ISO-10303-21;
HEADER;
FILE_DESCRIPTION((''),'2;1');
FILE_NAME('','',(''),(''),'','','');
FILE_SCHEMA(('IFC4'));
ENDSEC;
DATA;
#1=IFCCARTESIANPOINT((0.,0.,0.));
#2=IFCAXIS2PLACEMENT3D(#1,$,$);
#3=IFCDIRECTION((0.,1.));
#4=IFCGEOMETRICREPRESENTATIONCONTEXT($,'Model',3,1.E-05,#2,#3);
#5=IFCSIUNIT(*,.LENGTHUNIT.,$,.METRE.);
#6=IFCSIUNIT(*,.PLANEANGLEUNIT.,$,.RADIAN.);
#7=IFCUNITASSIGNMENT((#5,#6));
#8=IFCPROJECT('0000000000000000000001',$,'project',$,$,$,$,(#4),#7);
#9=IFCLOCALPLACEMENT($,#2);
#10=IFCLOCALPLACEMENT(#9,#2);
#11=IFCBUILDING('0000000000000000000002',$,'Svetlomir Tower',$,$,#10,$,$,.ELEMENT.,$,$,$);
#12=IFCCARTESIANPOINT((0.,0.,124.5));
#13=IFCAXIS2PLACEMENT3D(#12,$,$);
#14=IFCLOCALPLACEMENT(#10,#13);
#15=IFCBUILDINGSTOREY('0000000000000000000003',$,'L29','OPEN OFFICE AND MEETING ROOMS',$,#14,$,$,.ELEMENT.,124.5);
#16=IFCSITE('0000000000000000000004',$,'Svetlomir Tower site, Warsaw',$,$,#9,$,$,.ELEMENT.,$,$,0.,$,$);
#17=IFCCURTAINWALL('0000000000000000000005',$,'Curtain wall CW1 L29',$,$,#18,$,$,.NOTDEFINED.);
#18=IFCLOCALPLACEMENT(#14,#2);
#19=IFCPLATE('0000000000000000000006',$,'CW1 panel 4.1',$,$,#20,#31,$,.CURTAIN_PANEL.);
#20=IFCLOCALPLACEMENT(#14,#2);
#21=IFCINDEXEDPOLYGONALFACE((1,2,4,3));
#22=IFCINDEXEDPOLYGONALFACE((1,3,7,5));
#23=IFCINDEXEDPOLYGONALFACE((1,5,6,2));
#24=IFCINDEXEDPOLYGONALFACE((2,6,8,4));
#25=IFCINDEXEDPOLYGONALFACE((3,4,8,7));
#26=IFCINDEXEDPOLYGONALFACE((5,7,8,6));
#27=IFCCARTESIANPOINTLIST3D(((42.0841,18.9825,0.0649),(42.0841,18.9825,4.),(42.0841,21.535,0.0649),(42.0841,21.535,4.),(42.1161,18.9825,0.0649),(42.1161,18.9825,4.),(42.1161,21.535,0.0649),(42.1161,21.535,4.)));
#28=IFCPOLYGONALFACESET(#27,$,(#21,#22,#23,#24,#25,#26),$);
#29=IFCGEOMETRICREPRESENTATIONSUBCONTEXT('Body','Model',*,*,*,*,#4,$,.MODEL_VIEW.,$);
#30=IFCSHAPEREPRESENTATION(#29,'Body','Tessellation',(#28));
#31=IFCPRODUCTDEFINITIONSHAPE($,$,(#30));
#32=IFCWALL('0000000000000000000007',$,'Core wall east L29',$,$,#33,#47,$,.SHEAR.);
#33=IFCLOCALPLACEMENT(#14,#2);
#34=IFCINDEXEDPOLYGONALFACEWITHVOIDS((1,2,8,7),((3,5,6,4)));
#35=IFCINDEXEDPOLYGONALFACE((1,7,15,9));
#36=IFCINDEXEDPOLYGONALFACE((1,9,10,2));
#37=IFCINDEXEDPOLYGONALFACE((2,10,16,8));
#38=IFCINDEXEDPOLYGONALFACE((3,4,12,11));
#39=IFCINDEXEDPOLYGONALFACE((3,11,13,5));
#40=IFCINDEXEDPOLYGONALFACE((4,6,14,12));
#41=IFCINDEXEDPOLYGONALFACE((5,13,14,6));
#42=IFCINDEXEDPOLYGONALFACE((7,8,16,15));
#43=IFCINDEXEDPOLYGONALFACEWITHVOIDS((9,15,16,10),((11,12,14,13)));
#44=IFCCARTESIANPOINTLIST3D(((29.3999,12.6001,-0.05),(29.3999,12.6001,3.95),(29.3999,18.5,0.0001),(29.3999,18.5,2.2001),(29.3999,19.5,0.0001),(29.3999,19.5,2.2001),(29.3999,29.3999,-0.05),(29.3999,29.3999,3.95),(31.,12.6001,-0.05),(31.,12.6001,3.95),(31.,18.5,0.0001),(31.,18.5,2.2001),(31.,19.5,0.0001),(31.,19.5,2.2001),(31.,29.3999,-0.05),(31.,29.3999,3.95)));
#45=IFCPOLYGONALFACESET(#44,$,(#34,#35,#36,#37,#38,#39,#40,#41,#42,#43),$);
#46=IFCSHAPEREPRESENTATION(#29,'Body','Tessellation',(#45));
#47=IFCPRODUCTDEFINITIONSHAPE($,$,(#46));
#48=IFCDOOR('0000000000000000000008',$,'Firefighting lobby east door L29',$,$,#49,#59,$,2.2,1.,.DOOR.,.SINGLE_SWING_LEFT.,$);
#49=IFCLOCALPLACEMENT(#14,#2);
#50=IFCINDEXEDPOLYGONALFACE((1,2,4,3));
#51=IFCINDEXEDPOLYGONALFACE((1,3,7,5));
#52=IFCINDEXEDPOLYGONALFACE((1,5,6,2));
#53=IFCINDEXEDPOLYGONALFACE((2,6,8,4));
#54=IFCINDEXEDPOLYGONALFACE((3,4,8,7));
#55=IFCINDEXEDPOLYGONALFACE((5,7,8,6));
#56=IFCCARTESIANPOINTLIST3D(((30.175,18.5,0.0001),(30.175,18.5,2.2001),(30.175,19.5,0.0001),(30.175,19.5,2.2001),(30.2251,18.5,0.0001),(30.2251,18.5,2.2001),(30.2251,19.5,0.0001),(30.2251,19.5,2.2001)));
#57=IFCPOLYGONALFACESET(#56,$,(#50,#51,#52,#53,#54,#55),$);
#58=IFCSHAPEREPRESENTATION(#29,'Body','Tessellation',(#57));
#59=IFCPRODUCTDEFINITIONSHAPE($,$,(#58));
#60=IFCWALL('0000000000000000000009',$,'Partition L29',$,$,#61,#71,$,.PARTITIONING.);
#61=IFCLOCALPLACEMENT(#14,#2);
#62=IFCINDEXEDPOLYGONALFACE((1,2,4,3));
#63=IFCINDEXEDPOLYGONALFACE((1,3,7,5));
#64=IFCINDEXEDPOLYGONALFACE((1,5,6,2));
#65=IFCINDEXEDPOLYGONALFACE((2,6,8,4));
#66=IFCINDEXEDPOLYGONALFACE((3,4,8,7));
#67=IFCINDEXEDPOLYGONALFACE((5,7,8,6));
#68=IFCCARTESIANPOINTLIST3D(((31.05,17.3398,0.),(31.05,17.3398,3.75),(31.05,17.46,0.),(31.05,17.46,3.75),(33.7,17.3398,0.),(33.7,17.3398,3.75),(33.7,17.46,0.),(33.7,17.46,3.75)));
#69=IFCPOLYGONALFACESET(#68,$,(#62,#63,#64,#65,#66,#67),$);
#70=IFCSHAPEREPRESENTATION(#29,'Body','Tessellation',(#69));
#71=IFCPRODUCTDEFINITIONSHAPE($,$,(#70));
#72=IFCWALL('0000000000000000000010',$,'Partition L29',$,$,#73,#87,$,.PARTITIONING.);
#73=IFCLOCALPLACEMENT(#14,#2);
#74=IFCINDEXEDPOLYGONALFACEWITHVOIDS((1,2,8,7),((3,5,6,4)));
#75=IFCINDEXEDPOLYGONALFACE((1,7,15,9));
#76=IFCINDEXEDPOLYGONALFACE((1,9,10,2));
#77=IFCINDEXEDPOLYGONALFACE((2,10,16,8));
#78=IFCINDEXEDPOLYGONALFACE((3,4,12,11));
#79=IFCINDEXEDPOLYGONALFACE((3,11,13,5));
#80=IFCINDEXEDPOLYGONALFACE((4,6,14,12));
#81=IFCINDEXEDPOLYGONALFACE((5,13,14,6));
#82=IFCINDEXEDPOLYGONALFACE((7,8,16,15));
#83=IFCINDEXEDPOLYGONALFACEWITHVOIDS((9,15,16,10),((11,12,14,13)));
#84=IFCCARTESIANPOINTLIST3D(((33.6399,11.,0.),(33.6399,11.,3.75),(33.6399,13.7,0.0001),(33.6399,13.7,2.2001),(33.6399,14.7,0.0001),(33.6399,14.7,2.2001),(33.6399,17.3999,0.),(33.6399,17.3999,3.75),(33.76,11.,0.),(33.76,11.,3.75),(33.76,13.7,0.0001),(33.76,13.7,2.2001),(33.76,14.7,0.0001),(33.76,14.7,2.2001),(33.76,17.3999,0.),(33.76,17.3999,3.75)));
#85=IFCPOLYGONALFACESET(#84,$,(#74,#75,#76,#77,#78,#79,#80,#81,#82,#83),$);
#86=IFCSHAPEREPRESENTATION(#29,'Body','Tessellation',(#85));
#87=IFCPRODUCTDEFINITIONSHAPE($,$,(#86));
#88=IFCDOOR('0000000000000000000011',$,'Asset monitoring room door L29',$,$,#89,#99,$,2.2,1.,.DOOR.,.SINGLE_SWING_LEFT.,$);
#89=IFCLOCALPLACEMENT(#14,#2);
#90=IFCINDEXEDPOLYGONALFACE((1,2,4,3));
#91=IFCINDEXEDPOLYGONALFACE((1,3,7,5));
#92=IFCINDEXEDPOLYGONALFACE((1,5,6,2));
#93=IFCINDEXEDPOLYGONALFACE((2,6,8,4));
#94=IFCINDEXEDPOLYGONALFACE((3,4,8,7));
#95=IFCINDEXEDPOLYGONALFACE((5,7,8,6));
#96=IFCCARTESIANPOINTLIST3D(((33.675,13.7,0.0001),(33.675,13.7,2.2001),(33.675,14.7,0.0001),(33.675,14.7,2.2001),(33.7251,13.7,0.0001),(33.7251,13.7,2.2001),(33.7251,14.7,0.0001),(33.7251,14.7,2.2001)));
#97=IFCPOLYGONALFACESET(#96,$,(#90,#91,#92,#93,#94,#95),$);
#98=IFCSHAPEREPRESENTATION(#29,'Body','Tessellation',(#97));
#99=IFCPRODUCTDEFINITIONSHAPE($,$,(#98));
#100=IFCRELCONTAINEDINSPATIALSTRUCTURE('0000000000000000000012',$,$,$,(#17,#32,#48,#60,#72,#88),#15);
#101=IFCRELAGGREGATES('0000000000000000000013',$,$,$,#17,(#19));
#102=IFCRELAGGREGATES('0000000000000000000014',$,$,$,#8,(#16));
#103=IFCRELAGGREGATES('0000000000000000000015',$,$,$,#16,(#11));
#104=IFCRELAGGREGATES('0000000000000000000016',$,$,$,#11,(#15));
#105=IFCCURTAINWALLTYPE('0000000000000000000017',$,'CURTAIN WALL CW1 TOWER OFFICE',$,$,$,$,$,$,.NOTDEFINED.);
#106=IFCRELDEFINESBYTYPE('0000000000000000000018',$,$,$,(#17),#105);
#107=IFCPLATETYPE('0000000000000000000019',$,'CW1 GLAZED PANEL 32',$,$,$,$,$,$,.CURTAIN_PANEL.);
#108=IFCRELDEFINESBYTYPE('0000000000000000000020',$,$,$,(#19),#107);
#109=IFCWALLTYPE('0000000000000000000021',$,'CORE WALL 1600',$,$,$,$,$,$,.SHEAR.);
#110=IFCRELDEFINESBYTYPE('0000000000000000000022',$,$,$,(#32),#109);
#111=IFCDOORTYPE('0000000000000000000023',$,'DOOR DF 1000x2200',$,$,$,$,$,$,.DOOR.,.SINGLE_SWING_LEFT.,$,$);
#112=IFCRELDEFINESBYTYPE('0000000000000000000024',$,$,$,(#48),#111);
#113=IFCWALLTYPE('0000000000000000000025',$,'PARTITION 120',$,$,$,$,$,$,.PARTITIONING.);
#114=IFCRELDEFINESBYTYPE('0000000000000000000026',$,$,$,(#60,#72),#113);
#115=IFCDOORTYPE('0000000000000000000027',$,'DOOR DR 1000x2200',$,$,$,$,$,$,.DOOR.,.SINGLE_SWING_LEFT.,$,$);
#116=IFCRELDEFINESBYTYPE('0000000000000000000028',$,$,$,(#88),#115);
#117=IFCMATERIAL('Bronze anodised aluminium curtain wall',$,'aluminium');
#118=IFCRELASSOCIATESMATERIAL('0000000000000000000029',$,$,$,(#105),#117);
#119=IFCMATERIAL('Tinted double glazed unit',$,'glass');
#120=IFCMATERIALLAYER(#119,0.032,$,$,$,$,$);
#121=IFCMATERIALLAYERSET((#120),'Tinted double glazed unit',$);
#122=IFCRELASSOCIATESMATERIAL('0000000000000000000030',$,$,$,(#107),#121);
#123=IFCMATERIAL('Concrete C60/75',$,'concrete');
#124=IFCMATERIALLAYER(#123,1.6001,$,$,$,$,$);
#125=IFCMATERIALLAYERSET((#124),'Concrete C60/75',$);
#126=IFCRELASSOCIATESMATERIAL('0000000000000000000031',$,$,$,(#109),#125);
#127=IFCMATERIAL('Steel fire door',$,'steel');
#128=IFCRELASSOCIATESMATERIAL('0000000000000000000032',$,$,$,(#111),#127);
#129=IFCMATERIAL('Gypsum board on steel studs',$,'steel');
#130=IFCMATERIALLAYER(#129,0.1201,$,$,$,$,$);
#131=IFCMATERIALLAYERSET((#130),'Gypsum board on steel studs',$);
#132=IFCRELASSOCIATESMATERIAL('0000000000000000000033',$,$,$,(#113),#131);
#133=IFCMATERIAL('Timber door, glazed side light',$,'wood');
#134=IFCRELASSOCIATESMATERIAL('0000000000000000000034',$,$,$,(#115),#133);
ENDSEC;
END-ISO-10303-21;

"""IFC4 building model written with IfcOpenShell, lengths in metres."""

from ifc_helpers import new_model, si_unit, direction, frame, frame_2d, origin, origin_2d, place, context, subcontext, project, spatial, rectangle, extrude, material, layer, layer_set, type_object, element, fill, aggregate, save


model = new_model("IFC4")

# Units and contexts
model_context = context("Model", 3, precision=1e-05, world=origin(), true_north=direction((0.0, 1.0)))
body_context = subcontext(model_context, "Body", "Model", "MODEL_VIEW")
ifc_project = project(units=[si_unit("LENGTHUNIT", "METRE"), si_unit("PLANEANGLEUNIT", "RADIAN")], contexts=[model_context])

# Site, building, storey
site_placement = place(None, origin())
site = spatial("IfcSite", under=ifc_project, at=site_placement, Name="Svetlomir Tower site, Warsaw", CompositionType="ELEMENT", RefElevation=0.0)
building_placement = place(site_placement, origin())
building = spatial("IfcBuilding", under=site, at=building_placement, Name="Svetlomir Tower", CompositionType="ELEMENT")
storey_placement = place(building_placement, frame((0.0, 0.0, 124.5)))
storey = spatial("IfcBuildingStorey", under=building, at=storey_placement, Name="L29", Description="OPEN OFFICE AND MEETING ROOMS", CompositionType="ELEMENT", Elevation=124.5)

# Curtain wall
ifc_material_1 = material(Name="Bronze anodised aluminium curtain wall", Category="aluminium")
curtain_wall_type = type_object("IfcCurtainWallType", Name="CURTAIN WALL CW1 TOWER OFFICE", PredefinedType="NOTDEFINED", material=ifc_material_1)
curtain_wall_1_placement = place(storey_placement, origin())
curtain_wall_1 = element("IfcCurtainWall", 1, at=curtain_wall_1_placement, inside=storey, type_object=curtain_wall_type, Name="Curtain wall CW1 L29", PredefinedType="NOTDEFINED")

# Plate
ifc_material_2 = material(Name="Tinted double glazed unit", Category="glass")
ifc_layer_1 = layer(ifc_material_2, 0.032)
ifc_layer_set_1 = layer_set([ifc_layer_1], Name="Tinted double glazed unit")
plate_type = type_object("IfcPlateType", Name="CW1 GLAZED PANEL 32", PredefinedType="CURTAIN_PANEL", material=ifc_layer_set_1)
plate_1_placement = place(storey_placement, frame((42.1001, 20.2588, 0.0649), z_axis=(0.0, 0.0, 1.0), x_axis=(0.0, 1.0, 0.0)))
plate_1 = element("IfcPlate", 2, at=plate_1_placement, type_object=plate_type, Name="CW1 panel 4.1", PredefinedType="CURTAIN_PANEL", context=body_context, shape_type="SweptSolid", body=[
    extrude(rectangle(XDim=2.5525, YDim=0.032, at=origin_2d()), origin(), (0.0, 0.0, 1.0), 3.9351),
])
aggregate(curtain_wall_1, [plate_1])

# Wall, opening, door
ifc_material_3 = material(Name="Concrete C60/75", Category="concrete")
ifc_layer_2 = layer(ifc_material_3, 1.6001)
ifc_layer_set_2 = layer_set([ifc_layer_2], Name="Concrete C60/75")
wall_type_1 = type_object("IfcWallType", Name="CORE WALL 1600", PredefinedType="SHEAR", material=ifc_layer_set_2)
wall_1_placement = place(storey_placement, frame((30.2, 12.6001, -0.05), z_axis=(0.0, 0.0, 1.0), x_axis=(0.0, 1.0, 0.0)))
wall_1 = element("IfcWall", 3, at=wall_1_placement, inside=storey, type_object=wall_type_1, Name="Core wall east L29", PredefinedType="SHEAR", context=body_context, shape_type="SweptSolid", body=[
    extrude(rectangle(XDim=16.7998, YDim=1.6001, at=frame_2d((8.3999, 0.0))), origin(), (0.0, 0.0, 1.0), 4.0),
])
opening_1_placement = place(wall_1_placement, frame((5.8999, 0.0, 0.05)))
opening_1 = element("IfcOpeningElement", 4, at=opening_1_placement, cuts=wall_1, PredefinedType="OPENING", context=body_context, shape_type="SweptSolid", body=[
    extrude(rectangle(XDim=1.0, YDim=2.2, at=frame_2d((0.5, 1.1001))), frame((0.0, 0.8101, 0.0), z_axis=(0.0, -1.0, 0.0), x_axis=(1.0, 0.0, 0.0)), (0.0, 0.0, 1.0), 1.6201),
])
ifc_material_4 = material(Name="Steel fire door", Category="steel")
door_type_1 = type_object("IfcDoorType", Name="DOOR DF 1000x2200", OperationType="SINGLE_SWING_LEFT", PredefinedType="DOOR", material=ifc_material_4)
door_1_placement = place(opening_1_placement, origin())
door_1 = element("IfcDoor", 5, at=door_1_placement, inside=storey, type_object=door_type_1, Name="Firefighting lobby east door L29", OperationType="SINGLE_SWING_LEFT", OverallHeight=2.2, OverallWidth=1.0, PredefinedType="DOOR", context=body_context, shape_type="SweptSolid", body=[
    extrude(rectangle(XDim=1.0, YDim=2.2, at=frame_2d((0.5, 1.1001))), frame((0.0, 0.0249, 0.0), z_axis=(0.0, -1.0, 0.0), x_axis=(1.0, 0.0, 0.0)), (0.0, 0.0, 1.0), 0.05),
])
fill(opening_1, door_1)

# Wall
ifc_material_5 = material(Name="Gypsum board on steel studs", Category="steel")
ifc_layer_3 = layer(ifc_material_5, 0.1201)
ifc_layer_set_3 = layer_set([ifc_layer_3], Name="Gypsum board on steel studs")
wall_type_2 = type_object("IfcWallType", Name="PARTITION 120", PredefinedType="PARTITIONING", material=ifc_layer_set_3)
wall_2_placement = place(storey_placement, frame((31.05, 17.3999, 0.0), z_axis=(0.0, 0.0, 1.0), x_axis=(1.0, 0.0, 0.0)))
element("IfcWall", 6, at=wall_2_placement, inside=storey, type_object=wall_type_2, Name="Partition L29", PredefinedType="PARTITIONING", context=body_context, shape_type="SweptSolid", body=[
    extrude(rectangle(XDim=2.6499, YDim=0.1201, at=frame_2d((1.325, 0.0))), origin(), (0.0, 0.0, 1.0), 3.75),
])

# Wall, opening, door
wall_3_placement = place(storey_placement, frame((33.7, 11.0, 0.0), z_axis=(0.0, 0.0, 1.0), x_axis=(0.0, 1.0, 0.0)))
wall_3 = element("IfcWall", 7, at=wall_3_placement, inside=storey, type_object=wall_type_2, Name="Partition L29", PredefinedType="PARTITIONING", context=body_context, shape_type="SweptSolid", body=[
    extrude(rectangle(XDim=6.3999, YDim=0.1201, at=frame_2d((3.2, 0.0))), origin(), (0.0, 0.0, 1.0), 3.75),
])
opening_2_placement = place(wall_3_placement, frame((2.7, 0.0, 0.0)))
opening_2 = element("IfcOpeningElement", 8, at=opening_2_placement, cuts=wall_3, PredefinedType="OPENING", context=body_context, shape_type="SweptSolid", body=[
    extrude(rectangle(XDim=1.0, YDim=2.2, at=frame_2d((0.5, 1.1001))), frame((0.0, 0.0701, 0.0), z_axis=(0.0, -1.0, 0.0), x_axis=(1.0, 0.0, 0.0)), (0.0, 0.0, 1.0), 0.1401),
])
ifc_material_6 = material(Name="Timber door, glazed side light", Category="wood")
door_type_2 = type_object("IfcDoorType", Name="DOOR DR 1000x2200", OperationType="SINGLE_SWING_LEFT", PredefinedType="DOOR", material=ifc_material_6)
door_2_placement = place(opening_2_placement, origin())
door_2 = element("IfcDoor", 9, at=door_2_placement, inside=storey, type_object=door_type_2, Name="Asset monitoring room door L29", OperationType="SINGLE_SWING_LEFT", OverallHeight=2.2, OverallWidth=1.0, PredefinedType="DOOR", context=body_context, shape_type="SweptSolid", body=[
    extrude(rectangle(XDim=1.0, YDim=2.2, at=frame_2d((0.5, 1.1001))), frame((0.0, 0.0249, 0.0), z_axis=(0.0, -1.0, 0.0), x_axis=(1.0, 0.0, 0.0)), (0.0, 0.0, 1.0), 0.05),
])
fill(opening_2, door_2)

save(model, "model.ifc")
